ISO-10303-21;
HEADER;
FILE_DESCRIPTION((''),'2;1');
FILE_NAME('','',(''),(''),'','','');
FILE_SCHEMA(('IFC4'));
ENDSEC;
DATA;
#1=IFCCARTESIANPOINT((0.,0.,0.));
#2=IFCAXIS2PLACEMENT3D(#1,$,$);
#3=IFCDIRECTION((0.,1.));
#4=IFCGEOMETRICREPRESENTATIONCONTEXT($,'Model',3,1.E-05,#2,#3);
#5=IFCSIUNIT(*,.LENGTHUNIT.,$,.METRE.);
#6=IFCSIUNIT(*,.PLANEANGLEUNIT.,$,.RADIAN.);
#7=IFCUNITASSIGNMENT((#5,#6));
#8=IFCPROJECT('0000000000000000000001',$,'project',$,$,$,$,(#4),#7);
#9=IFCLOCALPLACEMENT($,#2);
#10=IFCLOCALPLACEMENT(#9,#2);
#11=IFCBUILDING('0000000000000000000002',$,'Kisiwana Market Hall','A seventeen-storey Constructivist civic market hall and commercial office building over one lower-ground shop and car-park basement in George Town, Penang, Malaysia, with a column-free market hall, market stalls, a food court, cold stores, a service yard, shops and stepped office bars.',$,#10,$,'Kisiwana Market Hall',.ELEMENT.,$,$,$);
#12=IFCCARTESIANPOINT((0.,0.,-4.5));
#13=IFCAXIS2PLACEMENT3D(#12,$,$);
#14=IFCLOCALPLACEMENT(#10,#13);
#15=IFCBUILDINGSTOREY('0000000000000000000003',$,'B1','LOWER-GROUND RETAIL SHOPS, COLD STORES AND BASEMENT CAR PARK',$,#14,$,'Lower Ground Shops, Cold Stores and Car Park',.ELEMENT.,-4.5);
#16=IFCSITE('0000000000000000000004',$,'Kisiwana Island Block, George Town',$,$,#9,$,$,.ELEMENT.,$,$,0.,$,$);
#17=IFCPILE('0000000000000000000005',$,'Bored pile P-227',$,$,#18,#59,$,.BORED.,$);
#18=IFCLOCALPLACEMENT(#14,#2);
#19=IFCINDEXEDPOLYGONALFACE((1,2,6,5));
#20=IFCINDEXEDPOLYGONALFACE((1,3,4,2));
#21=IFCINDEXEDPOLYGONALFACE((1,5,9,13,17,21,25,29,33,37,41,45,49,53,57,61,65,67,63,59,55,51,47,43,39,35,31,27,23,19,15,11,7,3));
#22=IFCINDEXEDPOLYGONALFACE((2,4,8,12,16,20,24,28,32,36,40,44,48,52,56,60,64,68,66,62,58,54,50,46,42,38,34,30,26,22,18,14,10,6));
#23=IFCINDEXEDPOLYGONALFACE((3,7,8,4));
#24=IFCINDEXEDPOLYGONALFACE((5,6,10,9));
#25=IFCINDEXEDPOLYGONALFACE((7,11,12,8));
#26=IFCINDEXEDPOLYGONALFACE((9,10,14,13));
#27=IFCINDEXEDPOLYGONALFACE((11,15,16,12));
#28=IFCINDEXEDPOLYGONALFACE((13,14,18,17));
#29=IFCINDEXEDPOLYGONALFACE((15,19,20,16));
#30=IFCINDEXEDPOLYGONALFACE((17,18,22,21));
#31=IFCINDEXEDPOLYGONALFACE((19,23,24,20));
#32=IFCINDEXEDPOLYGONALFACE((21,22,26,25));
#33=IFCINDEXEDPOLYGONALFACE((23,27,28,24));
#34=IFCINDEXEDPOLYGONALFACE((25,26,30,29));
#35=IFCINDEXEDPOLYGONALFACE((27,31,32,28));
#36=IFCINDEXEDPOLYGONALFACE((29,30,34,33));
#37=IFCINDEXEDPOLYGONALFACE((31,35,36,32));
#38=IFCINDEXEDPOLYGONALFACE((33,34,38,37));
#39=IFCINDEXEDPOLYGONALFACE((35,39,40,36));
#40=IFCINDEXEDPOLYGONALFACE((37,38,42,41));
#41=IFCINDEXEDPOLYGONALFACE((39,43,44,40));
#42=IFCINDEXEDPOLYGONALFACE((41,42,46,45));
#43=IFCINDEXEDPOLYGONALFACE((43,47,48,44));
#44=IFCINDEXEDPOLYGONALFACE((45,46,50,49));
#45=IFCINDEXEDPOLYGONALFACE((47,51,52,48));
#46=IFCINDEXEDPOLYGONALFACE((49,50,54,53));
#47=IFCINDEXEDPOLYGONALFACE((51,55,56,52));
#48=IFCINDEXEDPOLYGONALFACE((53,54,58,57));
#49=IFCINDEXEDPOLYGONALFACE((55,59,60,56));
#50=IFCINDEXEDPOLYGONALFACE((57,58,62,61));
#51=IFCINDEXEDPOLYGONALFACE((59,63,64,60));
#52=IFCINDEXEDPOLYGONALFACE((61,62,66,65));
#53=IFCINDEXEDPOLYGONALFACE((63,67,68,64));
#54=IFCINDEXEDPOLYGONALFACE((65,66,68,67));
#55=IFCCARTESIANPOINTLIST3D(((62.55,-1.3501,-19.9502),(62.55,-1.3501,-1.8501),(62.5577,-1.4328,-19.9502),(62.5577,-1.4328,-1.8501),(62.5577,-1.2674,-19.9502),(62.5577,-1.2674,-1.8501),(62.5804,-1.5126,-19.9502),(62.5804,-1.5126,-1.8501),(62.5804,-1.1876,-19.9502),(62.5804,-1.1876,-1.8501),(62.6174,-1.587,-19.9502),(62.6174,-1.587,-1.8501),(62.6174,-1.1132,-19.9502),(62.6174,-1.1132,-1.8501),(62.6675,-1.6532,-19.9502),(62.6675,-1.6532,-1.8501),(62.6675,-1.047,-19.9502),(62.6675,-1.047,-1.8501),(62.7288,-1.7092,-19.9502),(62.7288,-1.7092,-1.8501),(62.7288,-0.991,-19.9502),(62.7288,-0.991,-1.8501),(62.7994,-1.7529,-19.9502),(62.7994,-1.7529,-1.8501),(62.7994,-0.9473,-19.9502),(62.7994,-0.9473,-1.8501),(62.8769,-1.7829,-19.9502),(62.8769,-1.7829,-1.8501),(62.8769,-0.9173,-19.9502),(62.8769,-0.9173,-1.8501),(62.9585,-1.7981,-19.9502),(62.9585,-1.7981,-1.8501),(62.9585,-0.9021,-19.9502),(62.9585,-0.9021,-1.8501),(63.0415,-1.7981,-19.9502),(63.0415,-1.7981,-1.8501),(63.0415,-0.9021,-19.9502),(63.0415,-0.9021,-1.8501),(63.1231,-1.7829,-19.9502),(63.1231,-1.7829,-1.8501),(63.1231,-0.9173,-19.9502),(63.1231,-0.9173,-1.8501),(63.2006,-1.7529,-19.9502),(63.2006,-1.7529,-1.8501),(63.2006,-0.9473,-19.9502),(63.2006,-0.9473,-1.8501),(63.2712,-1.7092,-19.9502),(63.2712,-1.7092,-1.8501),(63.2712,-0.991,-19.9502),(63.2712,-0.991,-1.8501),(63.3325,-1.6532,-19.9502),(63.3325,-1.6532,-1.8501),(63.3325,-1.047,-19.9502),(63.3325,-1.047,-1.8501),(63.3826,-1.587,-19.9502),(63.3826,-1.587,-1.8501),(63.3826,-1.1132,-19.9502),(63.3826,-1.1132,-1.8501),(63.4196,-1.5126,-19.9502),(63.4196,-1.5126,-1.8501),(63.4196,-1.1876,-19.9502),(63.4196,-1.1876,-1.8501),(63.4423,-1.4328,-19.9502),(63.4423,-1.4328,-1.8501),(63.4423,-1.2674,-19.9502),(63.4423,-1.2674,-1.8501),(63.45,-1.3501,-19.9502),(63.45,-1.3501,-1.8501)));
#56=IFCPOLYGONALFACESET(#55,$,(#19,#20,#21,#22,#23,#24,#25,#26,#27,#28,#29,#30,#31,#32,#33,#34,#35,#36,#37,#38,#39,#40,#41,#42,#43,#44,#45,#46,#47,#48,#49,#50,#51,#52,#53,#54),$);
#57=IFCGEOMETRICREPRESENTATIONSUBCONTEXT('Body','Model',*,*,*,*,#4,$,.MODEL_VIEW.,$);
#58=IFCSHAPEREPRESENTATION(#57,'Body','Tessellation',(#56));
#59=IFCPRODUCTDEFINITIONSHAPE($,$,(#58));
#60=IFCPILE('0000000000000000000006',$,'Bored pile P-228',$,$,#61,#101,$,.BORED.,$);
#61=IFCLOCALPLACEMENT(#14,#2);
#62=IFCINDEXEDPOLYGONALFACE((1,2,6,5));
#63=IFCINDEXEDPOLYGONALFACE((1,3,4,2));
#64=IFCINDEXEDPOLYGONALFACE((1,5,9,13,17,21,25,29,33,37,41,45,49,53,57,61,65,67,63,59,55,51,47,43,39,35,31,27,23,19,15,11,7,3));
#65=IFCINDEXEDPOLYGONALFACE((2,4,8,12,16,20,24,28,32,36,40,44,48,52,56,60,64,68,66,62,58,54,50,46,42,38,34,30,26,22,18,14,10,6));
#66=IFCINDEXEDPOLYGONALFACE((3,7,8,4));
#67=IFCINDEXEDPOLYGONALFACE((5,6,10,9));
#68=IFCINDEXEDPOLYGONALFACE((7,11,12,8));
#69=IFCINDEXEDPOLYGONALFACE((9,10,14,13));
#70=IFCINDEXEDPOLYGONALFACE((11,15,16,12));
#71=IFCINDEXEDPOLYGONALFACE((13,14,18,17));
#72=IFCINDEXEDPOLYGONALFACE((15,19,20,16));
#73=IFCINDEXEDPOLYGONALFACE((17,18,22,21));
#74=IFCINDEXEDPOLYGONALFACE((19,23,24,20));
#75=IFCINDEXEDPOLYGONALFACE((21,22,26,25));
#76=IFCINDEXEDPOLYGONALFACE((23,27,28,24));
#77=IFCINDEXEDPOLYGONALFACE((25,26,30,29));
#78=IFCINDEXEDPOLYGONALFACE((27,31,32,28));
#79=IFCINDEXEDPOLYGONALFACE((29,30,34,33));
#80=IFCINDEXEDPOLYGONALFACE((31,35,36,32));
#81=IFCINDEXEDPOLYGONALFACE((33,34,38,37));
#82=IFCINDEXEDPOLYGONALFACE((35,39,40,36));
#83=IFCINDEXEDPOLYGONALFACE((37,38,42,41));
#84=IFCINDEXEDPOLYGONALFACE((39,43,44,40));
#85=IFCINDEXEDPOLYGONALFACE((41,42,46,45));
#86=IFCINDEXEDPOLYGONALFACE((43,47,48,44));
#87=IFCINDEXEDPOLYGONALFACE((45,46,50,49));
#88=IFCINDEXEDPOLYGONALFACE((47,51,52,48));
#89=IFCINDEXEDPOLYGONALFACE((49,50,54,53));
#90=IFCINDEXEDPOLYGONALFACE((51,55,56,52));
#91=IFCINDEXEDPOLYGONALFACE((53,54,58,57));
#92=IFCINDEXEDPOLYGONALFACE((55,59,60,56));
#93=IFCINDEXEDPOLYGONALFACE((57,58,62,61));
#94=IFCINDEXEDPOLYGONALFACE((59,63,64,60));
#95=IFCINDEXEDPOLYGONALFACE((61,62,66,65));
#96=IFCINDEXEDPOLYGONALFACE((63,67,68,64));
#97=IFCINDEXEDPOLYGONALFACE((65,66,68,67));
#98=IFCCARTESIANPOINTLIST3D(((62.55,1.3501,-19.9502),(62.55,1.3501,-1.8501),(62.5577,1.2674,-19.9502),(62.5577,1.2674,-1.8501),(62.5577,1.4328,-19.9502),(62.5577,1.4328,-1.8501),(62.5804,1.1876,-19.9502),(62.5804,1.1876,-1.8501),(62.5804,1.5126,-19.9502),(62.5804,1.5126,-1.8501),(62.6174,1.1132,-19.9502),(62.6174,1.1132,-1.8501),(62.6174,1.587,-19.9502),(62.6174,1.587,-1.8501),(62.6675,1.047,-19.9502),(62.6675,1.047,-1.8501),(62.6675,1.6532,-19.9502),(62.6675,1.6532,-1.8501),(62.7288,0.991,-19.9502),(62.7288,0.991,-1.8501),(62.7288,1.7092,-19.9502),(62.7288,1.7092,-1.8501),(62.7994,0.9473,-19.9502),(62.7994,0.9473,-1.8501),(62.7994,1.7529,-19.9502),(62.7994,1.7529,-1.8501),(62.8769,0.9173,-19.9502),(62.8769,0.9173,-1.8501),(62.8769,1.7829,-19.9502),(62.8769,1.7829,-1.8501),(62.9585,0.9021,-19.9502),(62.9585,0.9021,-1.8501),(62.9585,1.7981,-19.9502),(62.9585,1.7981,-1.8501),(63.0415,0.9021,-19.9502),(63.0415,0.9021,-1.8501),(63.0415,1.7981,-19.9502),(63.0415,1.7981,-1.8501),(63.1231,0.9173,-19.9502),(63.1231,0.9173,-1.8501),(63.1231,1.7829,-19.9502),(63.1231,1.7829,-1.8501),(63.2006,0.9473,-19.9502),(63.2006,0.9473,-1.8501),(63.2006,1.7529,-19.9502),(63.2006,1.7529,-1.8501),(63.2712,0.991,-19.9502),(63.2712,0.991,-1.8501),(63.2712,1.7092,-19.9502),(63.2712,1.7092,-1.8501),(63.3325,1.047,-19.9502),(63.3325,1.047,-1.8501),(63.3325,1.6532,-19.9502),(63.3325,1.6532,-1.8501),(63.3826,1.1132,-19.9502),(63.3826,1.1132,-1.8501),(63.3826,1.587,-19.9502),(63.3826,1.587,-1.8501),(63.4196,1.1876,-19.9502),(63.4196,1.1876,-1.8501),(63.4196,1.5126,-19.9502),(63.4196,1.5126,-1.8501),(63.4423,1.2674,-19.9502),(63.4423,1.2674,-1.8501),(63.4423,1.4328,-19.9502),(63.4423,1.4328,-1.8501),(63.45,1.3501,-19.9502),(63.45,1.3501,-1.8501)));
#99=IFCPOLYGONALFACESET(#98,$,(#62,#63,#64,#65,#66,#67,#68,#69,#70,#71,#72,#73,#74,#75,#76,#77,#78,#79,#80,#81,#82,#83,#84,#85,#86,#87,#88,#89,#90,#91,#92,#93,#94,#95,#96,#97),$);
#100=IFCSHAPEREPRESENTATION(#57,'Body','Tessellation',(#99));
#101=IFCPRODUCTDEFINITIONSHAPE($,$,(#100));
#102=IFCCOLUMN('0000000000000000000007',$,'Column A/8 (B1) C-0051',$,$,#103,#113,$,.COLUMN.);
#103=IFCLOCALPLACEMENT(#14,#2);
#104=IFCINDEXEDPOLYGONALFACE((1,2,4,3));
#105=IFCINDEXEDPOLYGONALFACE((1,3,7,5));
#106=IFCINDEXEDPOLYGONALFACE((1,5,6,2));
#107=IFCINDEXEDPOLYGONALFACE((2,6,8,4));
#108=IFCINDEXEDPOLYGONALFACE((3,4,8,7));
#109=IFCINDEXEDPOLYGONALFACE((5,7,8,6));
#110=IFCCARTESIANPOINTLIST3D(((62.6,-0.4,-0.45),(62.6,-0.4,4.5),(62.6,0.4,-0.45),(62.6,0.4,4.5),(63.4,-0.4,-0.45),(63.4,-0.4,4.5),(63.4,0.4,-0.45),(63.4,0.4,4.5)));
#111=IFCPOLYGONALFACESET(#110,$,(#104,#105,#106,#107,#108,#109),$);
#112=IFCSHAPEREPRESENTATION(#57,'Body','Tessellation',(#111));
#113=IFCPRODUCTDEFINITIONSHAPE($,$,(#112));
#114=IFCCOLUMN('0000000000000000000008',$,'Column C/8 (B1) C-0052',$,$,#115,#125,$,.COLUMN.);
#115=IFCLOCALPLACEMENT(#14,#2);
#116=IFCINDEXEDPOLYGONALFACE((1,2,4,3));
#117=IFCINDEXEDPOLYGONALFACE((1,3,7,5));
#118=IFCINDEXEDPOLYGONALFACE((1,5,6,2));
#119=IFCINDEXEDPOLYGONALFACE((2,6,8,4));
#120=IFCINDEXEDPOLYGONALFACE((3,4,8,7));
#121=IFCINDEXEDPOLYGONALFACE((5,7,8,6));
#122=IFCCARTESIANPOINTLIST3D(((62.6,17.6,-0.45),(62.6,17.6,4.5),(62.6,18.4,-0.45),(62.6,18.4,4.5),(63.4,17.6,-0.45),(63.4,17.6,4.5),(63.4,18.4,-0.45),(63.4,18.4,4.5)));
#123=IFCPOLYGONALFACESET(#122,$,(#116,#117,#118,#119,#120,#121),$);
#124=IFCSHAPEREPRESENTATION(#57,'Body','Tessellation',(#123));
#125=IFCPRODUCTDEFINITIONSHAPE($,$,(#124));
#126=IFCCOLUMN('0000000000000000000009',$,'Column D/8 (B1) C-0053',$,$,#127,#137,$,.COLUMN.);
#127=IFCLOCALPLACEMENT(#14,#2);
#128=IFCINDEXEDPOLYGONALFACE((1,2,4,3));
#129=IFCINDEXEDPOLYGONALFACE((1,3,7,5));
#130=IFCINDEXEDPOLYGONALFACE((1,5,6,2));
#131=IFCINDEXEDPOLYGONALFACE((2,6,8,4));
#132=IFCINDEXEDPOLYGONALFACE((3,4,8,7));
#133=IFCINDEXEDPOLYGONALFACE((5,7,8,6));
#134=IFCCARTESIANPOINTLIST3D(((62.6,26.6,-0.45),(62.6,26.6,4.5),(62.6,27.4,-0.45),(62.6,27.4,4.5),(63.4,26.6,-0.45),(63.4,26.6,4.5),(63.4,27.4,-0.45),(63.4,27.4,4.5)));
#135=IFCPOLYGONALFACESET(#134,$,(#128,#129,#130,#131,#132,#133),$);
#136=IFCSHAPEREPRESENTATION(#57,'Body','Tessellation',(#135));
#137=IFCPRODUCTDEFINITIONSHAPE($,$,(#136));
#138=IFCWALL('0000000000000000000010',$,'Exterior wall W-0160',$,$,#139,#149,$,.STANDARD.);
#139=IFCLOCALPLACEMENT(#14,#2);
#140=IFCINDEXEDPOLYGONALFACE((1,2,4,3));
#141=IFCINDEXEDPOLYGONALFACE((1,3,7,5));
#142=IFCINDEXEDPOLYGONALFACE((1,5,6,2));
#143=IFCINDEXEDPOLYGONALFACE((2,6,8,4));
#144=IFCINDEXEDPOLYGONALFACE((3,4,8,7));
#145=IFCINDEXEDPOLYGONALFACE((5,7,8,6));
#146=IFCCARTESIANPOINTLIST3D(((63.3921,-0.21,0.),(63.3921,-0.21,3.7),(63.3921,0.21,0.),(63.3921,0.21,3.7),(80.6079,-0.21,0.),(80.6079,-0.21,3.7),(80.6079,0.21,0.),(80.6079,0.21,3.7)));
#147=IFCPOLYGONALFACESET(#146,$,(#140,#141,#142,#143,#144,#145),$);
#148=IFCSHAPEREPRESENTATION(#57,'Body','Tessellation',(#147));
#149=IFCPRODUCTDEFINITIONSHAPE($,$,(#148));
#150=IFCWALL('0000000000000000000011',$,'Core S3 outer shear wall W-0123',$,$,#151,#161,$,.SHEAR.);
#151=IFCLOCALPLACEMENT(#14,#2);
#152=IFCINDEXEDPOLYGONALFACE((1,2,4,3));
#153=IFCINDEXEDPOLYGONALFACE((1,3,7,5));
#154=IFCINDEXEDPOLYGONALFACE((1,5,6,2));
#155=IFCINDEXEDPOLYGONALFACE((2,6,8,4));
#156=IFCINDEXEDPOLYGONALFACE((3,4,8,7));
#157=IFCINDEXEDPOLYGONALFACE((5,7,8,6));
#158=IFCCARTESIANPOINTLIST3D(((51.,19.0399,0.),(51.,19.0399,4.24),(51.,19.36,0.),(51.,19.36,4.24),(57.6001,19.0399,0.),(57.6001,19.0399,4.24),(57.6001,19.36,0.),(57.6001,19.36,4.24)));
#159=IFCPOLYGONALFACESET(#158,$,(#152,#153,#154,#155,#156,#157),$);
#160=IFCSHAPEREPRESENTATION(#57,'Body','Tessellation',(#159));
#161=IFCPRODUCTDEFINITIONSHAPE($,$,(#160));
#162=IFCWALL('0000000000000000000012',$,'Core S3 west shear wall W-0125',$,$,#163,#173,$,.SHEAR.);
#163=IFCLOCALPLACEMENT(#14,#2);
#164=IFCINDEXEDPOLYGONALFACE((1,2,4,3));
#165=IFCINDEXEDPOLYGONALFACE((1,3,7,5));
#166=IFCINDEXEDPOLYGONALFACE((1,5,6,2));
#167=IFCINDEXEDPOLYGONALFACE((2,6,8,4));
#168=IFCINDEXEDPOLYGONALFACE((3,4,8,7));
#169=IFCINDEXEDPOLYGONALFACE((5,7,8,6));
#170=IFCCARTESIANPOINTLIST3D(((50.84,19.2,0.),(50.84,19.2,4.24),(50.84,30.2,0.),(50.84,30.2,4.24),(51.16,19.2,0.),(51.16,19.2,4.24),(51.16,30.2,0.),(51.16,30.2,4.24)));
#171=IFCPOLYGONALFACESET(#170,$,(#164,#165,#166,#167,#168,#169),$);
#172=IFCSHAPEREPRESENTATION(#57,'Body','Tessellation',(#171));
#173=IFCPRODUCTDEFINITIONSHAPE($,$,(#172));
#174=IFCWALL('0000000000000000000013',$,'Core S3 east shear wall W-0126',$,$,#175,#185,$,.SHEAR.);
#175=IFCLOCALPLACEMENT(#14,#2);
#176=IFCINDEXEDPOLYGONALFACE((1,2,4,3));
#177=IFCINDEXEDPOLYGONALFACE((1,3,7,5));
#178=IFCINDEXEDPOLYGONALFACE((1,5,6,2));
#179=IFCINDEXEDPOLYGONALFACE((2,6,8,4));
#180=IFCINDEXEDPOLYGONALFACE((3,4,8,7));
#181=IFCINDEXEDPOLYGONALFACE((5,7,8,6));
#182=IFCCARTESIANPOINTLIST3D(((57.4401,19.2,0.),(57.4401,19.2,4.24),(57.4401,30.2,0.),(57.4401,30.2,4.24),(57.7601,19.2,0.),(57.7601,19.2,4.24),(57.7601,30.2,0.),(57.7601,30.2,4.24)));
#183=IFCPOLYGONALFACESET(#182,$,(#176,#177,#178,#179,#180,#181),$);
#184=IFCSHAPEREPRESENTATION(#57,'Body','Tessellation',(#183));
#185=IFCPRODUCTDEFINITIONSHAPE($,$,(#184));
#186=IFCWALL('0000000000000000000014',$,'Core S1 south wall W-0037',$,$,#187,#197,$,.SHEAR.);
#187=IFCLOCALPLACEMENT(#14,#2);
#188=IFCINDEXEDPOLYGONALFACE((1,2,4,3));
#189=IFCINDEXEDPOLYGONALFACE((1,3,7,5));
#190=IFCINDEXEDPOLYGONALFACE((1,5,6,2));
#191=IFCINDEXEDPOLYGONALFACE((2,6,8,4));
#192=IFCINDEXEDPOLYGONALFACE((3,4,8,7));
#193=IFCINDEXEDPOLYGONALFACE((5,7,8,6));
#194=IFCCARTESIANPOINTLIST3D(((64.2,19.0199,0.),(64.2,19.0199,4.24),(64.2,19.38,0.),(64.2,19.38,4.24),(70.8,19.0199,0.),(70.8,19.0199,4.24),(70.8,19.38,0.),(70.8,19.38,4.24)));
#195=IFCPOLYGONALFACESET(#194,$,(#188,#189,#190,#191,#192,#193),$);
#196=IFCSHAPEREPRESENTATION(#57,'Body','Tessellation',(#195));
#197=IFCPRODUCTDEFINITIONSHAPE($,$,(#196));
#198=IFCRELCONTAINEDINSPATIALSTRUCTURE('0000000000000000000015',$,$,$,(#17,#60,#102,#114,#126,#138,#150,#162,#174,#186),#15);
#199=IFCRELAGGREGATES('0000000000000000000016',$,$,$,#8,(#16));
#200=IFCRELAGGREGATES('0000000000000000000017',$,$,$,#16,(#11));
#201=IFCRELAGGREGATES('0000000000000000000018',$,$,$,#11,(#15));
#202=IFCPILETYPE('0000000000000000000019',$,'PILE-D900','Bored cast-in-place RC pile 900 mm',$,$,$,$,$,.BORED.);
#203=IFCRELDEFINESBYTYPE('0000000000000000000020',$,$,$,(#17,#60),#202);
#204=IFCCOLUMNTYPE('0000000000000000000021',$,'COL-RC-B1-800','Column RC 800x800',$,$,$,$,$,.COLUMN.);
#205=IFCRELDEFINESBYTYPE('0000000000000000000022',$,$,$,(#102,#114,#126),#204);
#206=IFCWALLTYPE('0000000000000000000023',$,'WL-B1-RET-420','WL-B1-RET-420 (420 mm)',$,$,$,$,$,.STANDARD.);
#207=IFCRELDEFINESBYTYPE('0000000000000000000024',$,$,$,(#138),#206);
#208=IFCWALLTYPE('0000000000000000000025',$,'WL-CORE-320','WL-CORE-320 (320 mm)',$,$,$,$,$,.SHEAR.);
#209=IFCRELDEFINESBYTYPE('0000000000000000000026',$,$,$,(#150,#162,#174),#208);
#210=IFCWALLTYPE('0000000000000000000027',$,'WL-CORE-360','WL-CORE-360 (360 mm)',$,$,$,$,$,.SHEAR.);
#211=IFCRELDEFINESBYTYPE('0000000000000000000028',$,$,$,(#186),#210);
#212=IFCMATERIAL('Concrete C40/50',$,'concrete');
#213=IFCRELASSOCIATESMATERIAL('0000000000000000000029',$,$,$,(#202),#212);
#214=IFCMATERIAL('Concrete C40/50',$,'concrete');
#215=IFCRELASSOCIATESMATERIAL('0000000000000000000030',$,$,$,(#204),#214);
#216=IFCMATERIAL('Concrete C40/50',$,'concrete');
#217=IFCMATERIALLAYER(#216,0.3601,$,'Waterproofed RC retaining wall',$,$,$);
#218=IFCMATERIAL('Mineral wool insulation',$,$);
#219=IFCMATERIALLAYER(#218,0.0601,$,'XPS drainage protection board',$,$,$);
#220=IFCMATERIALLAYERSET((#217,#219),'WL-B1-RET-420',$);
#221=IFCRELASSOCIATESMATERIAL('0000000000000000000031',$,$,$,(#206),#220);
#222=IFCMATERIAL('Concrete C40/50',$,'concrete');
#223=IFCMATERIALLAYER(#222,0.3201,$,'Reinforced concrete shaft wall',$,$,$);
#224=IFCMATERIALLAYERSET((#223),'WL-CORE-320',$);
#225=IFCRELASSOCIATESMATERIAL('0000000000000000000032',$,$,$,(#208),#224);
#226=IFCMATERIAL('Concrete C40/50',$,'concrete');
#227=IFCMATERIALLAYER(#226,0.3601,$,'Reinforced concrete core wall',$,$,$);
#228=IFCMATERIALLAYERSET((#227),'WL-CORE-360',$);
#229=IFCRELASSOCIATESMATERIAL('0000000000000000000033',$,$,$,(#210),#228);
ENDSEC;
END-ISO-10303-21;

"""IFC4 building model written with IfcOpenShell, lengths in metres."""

from ifc_helpers import new_model, si_unit, direction, frame, frame_2d, origin, origin_2d, place, context, subcontext, project, spatial, rectangle, circle, extrude, material, layer, layer_set, material_profile, profile_set, type_object, element, save


model = new_model("IFC4")

# Units and contexts
model_context = context("Model", 3, precision=1e-05, world=origin(), true_north=direction((0.0, 1.0)))
body_context = subcontext(model_context, "Body", "Model", "MODEL_VIEW")
ifc_project = project(units=[si_unit("LENGTHUNIT", "METRE"), si_unit("PLANEANGLEUNIT", "RADIAN")], contexts=[model_context])

# Site, building, storey
site_placement = place(None, origin())
site = spatial("IfcSite", under=ifc_project, at=site_placement, Name="Kisiwana Island Block, George Town", CompositionType="ELEMENT", RefElevation=0.0)
building_placement = place(site_placement, origin())
building = spatial("IfcBuilding", under=site, at=building_placement, Name="Kisiwana Market Hall", Description="A seventeen-storey Constructivist civic market hall and commercial office building over one lower-ground shop and car-park basement in George Town, Penang, Malaysia, with a column-free market hall, market stalls, a food court, cold stores, a service yard, shops and stepped office bars.", LongName="Kisiwana Market Hall", CompositionType="ELEMENT")
storey_placement = place(building_placement, frame((0.0, 0.0, -4.5)))
storey = spatial("IfcBuildingStorey", under=building, at=storey_placement, Name="B1", Description="LOWER-GROUND RETAIL SHOPS, COLD STORES AND BASEMENT CAR PARK", LongName="Lower Ground Shops, Cold Stores and Car Park", CompositionType="ELEMENT", Elevation=-4.5)

# Piles
ifc_material_1 = material(Name="Concrete C40/50", Category="concrete")
ifc_material_profile_1 = material_profile(ifc_material_1, circle(Radius=0.45, at=origin_2d()), Name="BP D900")
ifc_profile_set_1 = profile_set([ifc_material_profile_1], Name="Concrete C40/50")
pile_type_1 = type_object("IfcPileType", Name="PILE-D900", Description="Bored cast-in-place RC pile 900 mm", PredefinedType="BORED", material=ifc_profile_set_1)
for number, where, z_axis, x_axis, name in (
    (1, (63.0, -1.3501, -1.8501), (0.0, 0.0, -1.0), (1.0, 0.0, 0.0), "Bored pile P-227"),
    (2, (63.0, 1.3501, -1.8501), (0.0, 0.0, -1.0), (1.0, 0.0, 0.0), "Bored pile P-228"),
):
    element("IfcPile", number, at=place(storey_placement, frame(where, z_axis=z_axis, x_axis=x_axis)), inside=storey, type_object=pile_type_1, Name=name, PredefinedType="BORED", context=body_context, shape_type="SweptSolid", body=[
        extrude(circle(Radius=0.45, at=origin_2d()), origin(), (0.0, 0.0, 1.0), 18.1001),
    ])

# Columns
ifc_material_2 = material(Name="Concrete C40/50", Category="concrete")
ifc_material_profile_2 = material_profile(ifc_material_2, rectangle(XDim=0.8, YDim=0.8, at=origin_2d()), Name="RC 800x800")
ifc_profile_set_2 = profile_set([ifc_material_profile_2], Name="Concrete C40/50")
column_type = type_object("IfcColumnType", Name="COL-RC-B1-800", Description="Column RC 800x800", PredefinedType="COLUMN", material=ifc_profile_set_2)
for number, where, z_axis, x_axis, name in (
    (3, (63.0, 0.0, -0.45), (0.0, 0.0, 1.0), (1.0, 0.0, 0.0), "Column A/8 (B1) C-0051"),
    (4, (63.0, 18.0, -0.45), (0.0, 0.0, 1.0), (1.0, 0.0, 0.0), "Column C/8 (B1) C-0052"),
    (5, (63.0, 27.0, -0.45), (0.0, 0.0, 1.0), (1.0, 0.0, 0.0), "Column D/8 (B1) C-0053"),
):
    element("IfcColumn", number, at=place(storey_placement, frame(where, z_axis=z_axis, x_axis=x_axis)), inside=storey, type_object=column_type, Name=name, PredefinedType="COLUMN", context=body_context, shape_type="SweptSolid", body=[
        extrude(rectangle(XDim=0.8, YDim=0.8, at=origin_2d()), origin(), (0.0, 0.0, 1.0), 4.95),
    ])

# Walls
ifc_material_3 = material(Name="Concrete C40/50", Category="concrete")
ifc_layer_1 = layer(ifc_material_3, 0.3601, Name="Waterproofed RC retaining wall")
ifc_material_4 = material(Name="Mineral wool insulation")
ifc_layer_2 = layer(ifc_material_4, 0.0601, Name="XPS drainage protection board")
ifc_layer_set_1 = layer_set([ifc_layer_1, ifc_layer_2], Name="WL-B1-RET-420")
wall_type_1 = type_object("IfcWallType", Name="WL-B1-RET-420", Description="WL-B1-RET-420 (420 mm)", PredefinedType="STANDARD", material=ifc_layer_set_1)
wall_1_placement = place(storey_placement, frame((63.3921, 0.0, 0.0), z_axis=(0.0, 0.0, 1.0), x_axis=(1.0, 0.0, 0.0)))
element("IfcWall", 6, at=wall_1_placement, inside=storey, type_object=wall_type_1, Name="Exterior wall W-0160", PredefinedType="STANDARD", context=body_context, shape_type="SweptSolid", body=[
    extrude(rectangle(XDim=17.2158, YDim=0.4199, at=frame_2d((8.6079, 0.0))), origin(), (0.0, 0.0, 1.0), 3.7),
])
ifc_material_5 = material(Name="Concrete C40/50", Category="concrete")
ifc_layer_3 = layer(ifc_material_5, 0.3201, Name="Reinforced concrete shaft wall")
ifc_layer_set_2 = layer_set([ifc_layer_3], Name="WL-CORE-320")
wall_type_2 = type_object("IfcWallType", Name="WL-CORE-320", Description="WL-CORE-320 (320 mm)", PredefinedType="SHEAR", material=ifc_layer_set_2)
wall_2_placement = place(storey_placement, frame((51.0, 19.2, 0.0), z_axis=(0.0, 0.0, 1.0), x_axis=(1.0, 0.0, 0.0)))
element("IfcWall", 7, at=wall_2_placement, inside=storey, type_object=wall_type_2, Name="Core S3 outer shear wall W-0123", PredefinedType="SHEAR", context=body_context, shape_type="SweptSolid", body=[
    extrude(rectangle(XDim=6.6001, YDim=0.3201, at=frame_2d((3.3, 0.0))), origin(), (0.0, 0.0, 1.0), 4.24),
])
for number, where, z_axis, x_axis, name in (
    (8, (51.0, 19.2, 0.0), (0.0, 0.0, 1.0), (0.0, 1.0, 0.0), "Core S3 west shear wall W-0125"),
    (9, (57.6001, 19.2, 0.0), (0.0, 0.0, 1.0), (0.0, 1.0, 0.0), "Core S3 east shear wall W-0126"),
):
    element("IfcWall", number, at=place(storey_placement, frame(where, z_axis=z_axis, x_axis=x_axis)), inside=storey, type_object=wall_type_2, Name=name, PredefinedType="SHEAR", context=body_context, shape_type="SweptSolid", body=[
        extrude(rectangle(XDim=11.0, YDim=0.3201, at=frame_2d((5.5, 0.0))), origin(), (0.0, 0.0, 1.0), 4.24),
    ])
ifc_material_6 = material(Name="Concrete C40/50", Category="concrete")
ifc_layer_4 = layer(ifc_material_6, 0.3601, Name="Reinforced concrete core wall")
ifc_layer_set_3 = layer_set([ifc_layer_4], Name="WL-CORE-360")
wall_type_3 = type_object("IfcWallType", Name="WL-CORE-360", Description="WL-CORE-360 (360 mm)", PredefinedType="SHEAR", material=ifc_layer_set_3)
wall_3_placement = place(storey_placement, frame((64.2, 19.2, 0.0), z_axis=(0.0, 0.0, 1.0), x_axis=(1.0, 0.0, 0.0)))
element("IfcWall", 10, at=wall_3_placement, inside=storey, type_object=wall_type_3, Name="Core S1 south wall W-0037", PredefinedType="SHEAR", context=body_context, shape_type="SweptSolid", body=[
    extrude(rectangle(XDim=6.6001, YDim=0.3601, at=frame_2d((3.3, 0.0))), origin(), (0.0, 0.0, 1.0), 4.24),
])

save(model, "model.ifc")
